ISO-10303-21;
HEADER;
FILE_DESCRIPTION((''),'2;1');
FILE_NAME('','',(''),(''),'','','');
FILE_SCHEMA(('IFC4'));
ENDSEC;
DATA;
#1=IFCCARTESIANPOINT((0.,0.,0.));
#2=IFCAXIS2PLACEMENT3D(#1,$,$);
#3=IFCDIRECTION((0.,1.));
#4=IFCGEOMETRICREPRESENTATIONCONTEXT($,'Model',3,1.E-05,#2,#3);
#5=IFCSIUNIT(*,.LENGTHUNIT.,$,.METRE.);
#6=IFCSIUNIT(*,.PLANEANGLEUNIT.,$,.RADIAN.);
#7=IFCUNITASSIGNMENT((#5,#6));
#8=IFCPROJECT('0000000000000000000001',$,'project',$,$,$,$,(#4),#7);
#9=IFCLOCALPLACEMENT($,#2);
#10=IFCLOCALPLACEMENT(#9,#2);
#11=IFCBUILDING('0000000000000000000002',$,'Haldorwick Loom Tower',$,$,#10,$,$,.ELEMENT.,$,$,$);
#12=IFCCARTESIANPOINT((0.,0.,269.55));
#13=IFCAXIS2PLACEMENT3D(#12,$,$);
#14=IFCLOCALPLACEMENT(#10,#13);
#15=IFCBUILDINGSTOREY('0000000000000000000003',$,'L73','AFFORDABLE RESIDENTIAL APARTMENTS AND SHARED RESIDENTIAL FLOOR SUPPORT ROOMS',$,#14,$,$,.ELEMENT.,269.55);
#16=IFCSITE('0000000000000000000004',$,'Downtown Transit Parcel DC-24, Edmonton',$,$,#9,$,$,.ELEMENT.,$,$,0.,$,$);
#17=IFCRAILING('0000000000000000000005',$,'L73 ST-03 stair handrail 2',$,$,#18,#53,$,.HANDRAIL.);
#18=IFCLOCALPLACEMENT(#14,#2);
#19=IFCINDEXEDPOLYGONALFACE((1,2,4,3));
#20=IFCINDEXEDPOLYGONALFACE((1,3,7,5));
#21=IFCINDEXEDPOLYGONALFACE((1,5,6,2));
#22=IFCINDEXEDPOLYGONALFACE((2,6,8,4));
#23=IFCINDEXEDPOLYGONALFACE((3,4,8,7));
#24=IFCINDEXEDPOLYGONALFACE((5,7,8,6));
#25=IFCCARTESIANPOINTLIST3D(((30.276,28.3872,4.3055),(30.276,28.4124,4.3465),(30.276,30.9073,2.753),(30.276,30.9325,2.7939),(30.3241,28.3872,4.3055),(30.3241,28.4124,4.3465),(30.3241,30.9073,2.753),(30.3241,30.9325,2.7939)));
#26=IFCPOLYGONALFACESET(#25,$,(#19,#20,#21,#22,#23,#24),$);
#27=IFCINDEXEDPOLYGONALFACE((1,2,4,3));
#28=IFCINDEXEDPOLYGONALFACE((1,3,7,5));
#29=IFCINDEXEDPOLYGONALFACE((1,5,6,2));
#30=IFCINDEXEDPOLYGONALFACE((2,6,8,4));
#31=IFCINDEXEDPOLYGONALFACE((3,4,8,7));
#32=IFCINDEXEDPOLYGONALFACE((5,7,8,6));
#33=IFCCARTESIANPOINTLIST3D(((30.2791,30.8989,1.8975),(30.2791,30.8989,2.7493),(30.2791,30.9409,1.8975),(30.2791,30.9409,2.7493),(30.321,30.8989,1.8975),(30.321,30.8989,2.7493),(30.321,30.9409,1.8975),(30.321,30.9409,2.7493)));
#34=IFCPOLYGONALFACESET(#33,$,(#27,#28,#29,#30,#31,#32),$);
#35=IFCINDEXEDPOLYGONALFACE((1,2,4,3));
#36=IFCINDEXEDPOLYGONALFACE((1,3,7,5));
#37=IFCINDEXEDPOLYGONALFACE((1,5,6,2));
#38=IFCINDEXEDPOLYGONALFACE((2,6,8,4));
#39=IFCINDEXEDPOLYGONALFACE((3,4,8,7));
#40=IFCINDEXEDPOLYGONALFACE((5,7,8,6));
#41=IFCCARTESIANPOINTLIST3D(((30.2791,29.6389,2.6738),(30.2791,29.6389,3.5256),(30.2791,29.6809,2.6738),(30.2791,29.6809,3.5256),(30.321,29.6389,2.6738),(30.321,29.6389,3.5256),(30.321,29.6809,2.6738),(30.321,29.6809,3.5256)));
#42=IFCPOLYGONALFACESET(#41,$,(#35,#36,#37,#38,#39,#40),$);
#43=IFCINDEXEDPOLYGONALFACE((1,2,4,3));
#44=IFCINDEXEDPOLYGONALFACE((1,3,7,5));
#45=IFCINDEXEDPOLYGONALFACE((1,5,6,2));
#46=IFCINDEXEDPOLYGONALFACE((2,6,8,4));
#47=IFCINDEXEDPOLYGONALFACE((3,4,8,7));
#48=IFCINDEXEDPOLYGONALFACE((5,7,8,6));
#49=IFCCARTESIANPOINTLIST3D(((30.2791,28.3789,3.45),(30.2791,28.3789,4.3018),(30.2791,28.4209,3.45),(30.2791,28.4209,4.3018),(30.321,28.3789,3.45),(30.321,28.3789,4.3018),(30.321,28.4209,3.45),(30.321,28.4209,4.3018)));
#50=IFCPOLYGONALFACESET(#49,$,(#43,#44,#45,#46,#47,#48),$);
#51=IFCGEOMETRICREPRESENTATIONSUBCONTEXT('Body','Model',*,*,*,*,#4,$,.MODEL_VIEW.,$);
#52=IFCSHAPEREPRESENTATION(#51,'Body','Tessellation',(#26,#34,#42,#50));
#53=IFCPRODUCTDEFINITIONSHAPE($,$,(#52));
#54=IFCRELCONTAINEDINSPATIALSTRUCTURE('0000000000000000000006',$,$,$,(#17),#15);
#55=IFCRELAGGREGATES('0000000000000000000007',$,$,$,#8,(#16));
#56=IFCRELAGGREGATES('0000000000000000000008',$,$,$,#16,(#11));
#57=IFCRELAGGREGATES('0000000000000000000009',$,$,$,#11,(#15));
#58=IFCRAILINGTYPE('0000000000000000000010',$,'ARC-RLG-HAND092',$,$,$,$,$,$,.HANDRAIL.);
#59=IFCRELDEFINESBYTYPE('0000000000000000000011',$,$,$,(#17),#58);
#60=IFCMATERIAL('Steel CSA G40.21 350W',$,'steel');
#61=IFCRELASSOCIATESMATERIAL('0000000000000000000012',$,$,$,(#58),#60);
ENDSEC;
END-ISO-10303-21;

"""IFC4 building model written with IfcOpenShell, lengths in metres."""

from ifc_helpers import new_model, si_unit, direction, frame, origin, origin_2d, place, context, subcontext, project, spatial, rectangle, extrude, material, type_object, element, save


model = new_model("IFC4")

# Units and contexts
model_context = context("Model", 3, precision=1e-05, world=origin(), true_north=direction((0.0, 1.0)))
body_context = subcontext(model_context, "Body", "Model", "MODEL_VIEW")
ifc_project = project(units=[si_unit("LENGTHUNIT", "METRE"), si_unit("PLANEANGLEUNIT", "RADIAN")], contexts=[model_context])

# Site, building, storey
site_placement = place(None, origin())
site = spatial("IfcSite", under=ifc_project, at=site_placement, Name="Downtown Transit Parcel DC-24, Edmonton", CompositionType="ELEMENT", RefElevation=0.0)
building_placement = place(site_placement, origin())
building = spatial("IfcBuilding", under=site, at=building_placement, Name="Haldorwick Loom Tower", CompositionType="ELEMENT")
storey_placement = place(building_placement, frame((0.0, 0.0, 269.55)))
storey = spatial("IfcBuildingStorey", under=building, at=storey_placement, Name="L73", Description="AFFORDABLE RESIDENTIAL APARTMENTS AND SHARED RESIDENTIAL FLOOR SUPPORT ROOMS", CompositionType="ELEMENT", Elevation=269.55)

# Shared definitions
ifc_material_1 = material(Name="Steel CSA G40.21 350W", Category="steel")

# Railing
railing_type_1 = type_object("IfcRailingType", Name="ARC-RLG-HAND092", PredefinedType="HANDRAIL", material=ifc_material_1)
railing_1_placement = place(storey_placement, frame((30.3, 30.9199, 1.8975)))
element("IfcRailing", 1, at=railing_1_placement, inside=storey, type_object=railing_type_1, Name="L73 ST-03 stair handrail 2", PredefinedType="HANDRAIL", context=body_context, shape_type="SweptSolid", body=[
    extrude(rectangle(XDim=0.0481, YDim=0.0481, at=origin_2d()), frame((0.0, 0.0, 0.876), z_axis=(0.0, -0.8514, 0.524516), x_axis=(1.0, 0.0, 0.0)), (0.0, 0.0, 1.0), 2.96),
    extrude(rectangle(XDim=0.042, YDim=0.042, at=origin_2d()), origin(), (0.0, 0.0, 1.0), 0.8518),
    extrude(rectangle(XDim=0.042, YDim=0.042, at=origin_2d()), frame((0.0, -1.26, 0.7764)), (0.0, 0.0, 1.0), 0.8518),
    extrude(rectangle(XDim=0.042, YDim=0.042, at=origin_2d()), frame((0.0, -2.52, 1.5525)), (0.0, 0.0, 1.0), 0.8518),
])

save(model, "model.ifc")
